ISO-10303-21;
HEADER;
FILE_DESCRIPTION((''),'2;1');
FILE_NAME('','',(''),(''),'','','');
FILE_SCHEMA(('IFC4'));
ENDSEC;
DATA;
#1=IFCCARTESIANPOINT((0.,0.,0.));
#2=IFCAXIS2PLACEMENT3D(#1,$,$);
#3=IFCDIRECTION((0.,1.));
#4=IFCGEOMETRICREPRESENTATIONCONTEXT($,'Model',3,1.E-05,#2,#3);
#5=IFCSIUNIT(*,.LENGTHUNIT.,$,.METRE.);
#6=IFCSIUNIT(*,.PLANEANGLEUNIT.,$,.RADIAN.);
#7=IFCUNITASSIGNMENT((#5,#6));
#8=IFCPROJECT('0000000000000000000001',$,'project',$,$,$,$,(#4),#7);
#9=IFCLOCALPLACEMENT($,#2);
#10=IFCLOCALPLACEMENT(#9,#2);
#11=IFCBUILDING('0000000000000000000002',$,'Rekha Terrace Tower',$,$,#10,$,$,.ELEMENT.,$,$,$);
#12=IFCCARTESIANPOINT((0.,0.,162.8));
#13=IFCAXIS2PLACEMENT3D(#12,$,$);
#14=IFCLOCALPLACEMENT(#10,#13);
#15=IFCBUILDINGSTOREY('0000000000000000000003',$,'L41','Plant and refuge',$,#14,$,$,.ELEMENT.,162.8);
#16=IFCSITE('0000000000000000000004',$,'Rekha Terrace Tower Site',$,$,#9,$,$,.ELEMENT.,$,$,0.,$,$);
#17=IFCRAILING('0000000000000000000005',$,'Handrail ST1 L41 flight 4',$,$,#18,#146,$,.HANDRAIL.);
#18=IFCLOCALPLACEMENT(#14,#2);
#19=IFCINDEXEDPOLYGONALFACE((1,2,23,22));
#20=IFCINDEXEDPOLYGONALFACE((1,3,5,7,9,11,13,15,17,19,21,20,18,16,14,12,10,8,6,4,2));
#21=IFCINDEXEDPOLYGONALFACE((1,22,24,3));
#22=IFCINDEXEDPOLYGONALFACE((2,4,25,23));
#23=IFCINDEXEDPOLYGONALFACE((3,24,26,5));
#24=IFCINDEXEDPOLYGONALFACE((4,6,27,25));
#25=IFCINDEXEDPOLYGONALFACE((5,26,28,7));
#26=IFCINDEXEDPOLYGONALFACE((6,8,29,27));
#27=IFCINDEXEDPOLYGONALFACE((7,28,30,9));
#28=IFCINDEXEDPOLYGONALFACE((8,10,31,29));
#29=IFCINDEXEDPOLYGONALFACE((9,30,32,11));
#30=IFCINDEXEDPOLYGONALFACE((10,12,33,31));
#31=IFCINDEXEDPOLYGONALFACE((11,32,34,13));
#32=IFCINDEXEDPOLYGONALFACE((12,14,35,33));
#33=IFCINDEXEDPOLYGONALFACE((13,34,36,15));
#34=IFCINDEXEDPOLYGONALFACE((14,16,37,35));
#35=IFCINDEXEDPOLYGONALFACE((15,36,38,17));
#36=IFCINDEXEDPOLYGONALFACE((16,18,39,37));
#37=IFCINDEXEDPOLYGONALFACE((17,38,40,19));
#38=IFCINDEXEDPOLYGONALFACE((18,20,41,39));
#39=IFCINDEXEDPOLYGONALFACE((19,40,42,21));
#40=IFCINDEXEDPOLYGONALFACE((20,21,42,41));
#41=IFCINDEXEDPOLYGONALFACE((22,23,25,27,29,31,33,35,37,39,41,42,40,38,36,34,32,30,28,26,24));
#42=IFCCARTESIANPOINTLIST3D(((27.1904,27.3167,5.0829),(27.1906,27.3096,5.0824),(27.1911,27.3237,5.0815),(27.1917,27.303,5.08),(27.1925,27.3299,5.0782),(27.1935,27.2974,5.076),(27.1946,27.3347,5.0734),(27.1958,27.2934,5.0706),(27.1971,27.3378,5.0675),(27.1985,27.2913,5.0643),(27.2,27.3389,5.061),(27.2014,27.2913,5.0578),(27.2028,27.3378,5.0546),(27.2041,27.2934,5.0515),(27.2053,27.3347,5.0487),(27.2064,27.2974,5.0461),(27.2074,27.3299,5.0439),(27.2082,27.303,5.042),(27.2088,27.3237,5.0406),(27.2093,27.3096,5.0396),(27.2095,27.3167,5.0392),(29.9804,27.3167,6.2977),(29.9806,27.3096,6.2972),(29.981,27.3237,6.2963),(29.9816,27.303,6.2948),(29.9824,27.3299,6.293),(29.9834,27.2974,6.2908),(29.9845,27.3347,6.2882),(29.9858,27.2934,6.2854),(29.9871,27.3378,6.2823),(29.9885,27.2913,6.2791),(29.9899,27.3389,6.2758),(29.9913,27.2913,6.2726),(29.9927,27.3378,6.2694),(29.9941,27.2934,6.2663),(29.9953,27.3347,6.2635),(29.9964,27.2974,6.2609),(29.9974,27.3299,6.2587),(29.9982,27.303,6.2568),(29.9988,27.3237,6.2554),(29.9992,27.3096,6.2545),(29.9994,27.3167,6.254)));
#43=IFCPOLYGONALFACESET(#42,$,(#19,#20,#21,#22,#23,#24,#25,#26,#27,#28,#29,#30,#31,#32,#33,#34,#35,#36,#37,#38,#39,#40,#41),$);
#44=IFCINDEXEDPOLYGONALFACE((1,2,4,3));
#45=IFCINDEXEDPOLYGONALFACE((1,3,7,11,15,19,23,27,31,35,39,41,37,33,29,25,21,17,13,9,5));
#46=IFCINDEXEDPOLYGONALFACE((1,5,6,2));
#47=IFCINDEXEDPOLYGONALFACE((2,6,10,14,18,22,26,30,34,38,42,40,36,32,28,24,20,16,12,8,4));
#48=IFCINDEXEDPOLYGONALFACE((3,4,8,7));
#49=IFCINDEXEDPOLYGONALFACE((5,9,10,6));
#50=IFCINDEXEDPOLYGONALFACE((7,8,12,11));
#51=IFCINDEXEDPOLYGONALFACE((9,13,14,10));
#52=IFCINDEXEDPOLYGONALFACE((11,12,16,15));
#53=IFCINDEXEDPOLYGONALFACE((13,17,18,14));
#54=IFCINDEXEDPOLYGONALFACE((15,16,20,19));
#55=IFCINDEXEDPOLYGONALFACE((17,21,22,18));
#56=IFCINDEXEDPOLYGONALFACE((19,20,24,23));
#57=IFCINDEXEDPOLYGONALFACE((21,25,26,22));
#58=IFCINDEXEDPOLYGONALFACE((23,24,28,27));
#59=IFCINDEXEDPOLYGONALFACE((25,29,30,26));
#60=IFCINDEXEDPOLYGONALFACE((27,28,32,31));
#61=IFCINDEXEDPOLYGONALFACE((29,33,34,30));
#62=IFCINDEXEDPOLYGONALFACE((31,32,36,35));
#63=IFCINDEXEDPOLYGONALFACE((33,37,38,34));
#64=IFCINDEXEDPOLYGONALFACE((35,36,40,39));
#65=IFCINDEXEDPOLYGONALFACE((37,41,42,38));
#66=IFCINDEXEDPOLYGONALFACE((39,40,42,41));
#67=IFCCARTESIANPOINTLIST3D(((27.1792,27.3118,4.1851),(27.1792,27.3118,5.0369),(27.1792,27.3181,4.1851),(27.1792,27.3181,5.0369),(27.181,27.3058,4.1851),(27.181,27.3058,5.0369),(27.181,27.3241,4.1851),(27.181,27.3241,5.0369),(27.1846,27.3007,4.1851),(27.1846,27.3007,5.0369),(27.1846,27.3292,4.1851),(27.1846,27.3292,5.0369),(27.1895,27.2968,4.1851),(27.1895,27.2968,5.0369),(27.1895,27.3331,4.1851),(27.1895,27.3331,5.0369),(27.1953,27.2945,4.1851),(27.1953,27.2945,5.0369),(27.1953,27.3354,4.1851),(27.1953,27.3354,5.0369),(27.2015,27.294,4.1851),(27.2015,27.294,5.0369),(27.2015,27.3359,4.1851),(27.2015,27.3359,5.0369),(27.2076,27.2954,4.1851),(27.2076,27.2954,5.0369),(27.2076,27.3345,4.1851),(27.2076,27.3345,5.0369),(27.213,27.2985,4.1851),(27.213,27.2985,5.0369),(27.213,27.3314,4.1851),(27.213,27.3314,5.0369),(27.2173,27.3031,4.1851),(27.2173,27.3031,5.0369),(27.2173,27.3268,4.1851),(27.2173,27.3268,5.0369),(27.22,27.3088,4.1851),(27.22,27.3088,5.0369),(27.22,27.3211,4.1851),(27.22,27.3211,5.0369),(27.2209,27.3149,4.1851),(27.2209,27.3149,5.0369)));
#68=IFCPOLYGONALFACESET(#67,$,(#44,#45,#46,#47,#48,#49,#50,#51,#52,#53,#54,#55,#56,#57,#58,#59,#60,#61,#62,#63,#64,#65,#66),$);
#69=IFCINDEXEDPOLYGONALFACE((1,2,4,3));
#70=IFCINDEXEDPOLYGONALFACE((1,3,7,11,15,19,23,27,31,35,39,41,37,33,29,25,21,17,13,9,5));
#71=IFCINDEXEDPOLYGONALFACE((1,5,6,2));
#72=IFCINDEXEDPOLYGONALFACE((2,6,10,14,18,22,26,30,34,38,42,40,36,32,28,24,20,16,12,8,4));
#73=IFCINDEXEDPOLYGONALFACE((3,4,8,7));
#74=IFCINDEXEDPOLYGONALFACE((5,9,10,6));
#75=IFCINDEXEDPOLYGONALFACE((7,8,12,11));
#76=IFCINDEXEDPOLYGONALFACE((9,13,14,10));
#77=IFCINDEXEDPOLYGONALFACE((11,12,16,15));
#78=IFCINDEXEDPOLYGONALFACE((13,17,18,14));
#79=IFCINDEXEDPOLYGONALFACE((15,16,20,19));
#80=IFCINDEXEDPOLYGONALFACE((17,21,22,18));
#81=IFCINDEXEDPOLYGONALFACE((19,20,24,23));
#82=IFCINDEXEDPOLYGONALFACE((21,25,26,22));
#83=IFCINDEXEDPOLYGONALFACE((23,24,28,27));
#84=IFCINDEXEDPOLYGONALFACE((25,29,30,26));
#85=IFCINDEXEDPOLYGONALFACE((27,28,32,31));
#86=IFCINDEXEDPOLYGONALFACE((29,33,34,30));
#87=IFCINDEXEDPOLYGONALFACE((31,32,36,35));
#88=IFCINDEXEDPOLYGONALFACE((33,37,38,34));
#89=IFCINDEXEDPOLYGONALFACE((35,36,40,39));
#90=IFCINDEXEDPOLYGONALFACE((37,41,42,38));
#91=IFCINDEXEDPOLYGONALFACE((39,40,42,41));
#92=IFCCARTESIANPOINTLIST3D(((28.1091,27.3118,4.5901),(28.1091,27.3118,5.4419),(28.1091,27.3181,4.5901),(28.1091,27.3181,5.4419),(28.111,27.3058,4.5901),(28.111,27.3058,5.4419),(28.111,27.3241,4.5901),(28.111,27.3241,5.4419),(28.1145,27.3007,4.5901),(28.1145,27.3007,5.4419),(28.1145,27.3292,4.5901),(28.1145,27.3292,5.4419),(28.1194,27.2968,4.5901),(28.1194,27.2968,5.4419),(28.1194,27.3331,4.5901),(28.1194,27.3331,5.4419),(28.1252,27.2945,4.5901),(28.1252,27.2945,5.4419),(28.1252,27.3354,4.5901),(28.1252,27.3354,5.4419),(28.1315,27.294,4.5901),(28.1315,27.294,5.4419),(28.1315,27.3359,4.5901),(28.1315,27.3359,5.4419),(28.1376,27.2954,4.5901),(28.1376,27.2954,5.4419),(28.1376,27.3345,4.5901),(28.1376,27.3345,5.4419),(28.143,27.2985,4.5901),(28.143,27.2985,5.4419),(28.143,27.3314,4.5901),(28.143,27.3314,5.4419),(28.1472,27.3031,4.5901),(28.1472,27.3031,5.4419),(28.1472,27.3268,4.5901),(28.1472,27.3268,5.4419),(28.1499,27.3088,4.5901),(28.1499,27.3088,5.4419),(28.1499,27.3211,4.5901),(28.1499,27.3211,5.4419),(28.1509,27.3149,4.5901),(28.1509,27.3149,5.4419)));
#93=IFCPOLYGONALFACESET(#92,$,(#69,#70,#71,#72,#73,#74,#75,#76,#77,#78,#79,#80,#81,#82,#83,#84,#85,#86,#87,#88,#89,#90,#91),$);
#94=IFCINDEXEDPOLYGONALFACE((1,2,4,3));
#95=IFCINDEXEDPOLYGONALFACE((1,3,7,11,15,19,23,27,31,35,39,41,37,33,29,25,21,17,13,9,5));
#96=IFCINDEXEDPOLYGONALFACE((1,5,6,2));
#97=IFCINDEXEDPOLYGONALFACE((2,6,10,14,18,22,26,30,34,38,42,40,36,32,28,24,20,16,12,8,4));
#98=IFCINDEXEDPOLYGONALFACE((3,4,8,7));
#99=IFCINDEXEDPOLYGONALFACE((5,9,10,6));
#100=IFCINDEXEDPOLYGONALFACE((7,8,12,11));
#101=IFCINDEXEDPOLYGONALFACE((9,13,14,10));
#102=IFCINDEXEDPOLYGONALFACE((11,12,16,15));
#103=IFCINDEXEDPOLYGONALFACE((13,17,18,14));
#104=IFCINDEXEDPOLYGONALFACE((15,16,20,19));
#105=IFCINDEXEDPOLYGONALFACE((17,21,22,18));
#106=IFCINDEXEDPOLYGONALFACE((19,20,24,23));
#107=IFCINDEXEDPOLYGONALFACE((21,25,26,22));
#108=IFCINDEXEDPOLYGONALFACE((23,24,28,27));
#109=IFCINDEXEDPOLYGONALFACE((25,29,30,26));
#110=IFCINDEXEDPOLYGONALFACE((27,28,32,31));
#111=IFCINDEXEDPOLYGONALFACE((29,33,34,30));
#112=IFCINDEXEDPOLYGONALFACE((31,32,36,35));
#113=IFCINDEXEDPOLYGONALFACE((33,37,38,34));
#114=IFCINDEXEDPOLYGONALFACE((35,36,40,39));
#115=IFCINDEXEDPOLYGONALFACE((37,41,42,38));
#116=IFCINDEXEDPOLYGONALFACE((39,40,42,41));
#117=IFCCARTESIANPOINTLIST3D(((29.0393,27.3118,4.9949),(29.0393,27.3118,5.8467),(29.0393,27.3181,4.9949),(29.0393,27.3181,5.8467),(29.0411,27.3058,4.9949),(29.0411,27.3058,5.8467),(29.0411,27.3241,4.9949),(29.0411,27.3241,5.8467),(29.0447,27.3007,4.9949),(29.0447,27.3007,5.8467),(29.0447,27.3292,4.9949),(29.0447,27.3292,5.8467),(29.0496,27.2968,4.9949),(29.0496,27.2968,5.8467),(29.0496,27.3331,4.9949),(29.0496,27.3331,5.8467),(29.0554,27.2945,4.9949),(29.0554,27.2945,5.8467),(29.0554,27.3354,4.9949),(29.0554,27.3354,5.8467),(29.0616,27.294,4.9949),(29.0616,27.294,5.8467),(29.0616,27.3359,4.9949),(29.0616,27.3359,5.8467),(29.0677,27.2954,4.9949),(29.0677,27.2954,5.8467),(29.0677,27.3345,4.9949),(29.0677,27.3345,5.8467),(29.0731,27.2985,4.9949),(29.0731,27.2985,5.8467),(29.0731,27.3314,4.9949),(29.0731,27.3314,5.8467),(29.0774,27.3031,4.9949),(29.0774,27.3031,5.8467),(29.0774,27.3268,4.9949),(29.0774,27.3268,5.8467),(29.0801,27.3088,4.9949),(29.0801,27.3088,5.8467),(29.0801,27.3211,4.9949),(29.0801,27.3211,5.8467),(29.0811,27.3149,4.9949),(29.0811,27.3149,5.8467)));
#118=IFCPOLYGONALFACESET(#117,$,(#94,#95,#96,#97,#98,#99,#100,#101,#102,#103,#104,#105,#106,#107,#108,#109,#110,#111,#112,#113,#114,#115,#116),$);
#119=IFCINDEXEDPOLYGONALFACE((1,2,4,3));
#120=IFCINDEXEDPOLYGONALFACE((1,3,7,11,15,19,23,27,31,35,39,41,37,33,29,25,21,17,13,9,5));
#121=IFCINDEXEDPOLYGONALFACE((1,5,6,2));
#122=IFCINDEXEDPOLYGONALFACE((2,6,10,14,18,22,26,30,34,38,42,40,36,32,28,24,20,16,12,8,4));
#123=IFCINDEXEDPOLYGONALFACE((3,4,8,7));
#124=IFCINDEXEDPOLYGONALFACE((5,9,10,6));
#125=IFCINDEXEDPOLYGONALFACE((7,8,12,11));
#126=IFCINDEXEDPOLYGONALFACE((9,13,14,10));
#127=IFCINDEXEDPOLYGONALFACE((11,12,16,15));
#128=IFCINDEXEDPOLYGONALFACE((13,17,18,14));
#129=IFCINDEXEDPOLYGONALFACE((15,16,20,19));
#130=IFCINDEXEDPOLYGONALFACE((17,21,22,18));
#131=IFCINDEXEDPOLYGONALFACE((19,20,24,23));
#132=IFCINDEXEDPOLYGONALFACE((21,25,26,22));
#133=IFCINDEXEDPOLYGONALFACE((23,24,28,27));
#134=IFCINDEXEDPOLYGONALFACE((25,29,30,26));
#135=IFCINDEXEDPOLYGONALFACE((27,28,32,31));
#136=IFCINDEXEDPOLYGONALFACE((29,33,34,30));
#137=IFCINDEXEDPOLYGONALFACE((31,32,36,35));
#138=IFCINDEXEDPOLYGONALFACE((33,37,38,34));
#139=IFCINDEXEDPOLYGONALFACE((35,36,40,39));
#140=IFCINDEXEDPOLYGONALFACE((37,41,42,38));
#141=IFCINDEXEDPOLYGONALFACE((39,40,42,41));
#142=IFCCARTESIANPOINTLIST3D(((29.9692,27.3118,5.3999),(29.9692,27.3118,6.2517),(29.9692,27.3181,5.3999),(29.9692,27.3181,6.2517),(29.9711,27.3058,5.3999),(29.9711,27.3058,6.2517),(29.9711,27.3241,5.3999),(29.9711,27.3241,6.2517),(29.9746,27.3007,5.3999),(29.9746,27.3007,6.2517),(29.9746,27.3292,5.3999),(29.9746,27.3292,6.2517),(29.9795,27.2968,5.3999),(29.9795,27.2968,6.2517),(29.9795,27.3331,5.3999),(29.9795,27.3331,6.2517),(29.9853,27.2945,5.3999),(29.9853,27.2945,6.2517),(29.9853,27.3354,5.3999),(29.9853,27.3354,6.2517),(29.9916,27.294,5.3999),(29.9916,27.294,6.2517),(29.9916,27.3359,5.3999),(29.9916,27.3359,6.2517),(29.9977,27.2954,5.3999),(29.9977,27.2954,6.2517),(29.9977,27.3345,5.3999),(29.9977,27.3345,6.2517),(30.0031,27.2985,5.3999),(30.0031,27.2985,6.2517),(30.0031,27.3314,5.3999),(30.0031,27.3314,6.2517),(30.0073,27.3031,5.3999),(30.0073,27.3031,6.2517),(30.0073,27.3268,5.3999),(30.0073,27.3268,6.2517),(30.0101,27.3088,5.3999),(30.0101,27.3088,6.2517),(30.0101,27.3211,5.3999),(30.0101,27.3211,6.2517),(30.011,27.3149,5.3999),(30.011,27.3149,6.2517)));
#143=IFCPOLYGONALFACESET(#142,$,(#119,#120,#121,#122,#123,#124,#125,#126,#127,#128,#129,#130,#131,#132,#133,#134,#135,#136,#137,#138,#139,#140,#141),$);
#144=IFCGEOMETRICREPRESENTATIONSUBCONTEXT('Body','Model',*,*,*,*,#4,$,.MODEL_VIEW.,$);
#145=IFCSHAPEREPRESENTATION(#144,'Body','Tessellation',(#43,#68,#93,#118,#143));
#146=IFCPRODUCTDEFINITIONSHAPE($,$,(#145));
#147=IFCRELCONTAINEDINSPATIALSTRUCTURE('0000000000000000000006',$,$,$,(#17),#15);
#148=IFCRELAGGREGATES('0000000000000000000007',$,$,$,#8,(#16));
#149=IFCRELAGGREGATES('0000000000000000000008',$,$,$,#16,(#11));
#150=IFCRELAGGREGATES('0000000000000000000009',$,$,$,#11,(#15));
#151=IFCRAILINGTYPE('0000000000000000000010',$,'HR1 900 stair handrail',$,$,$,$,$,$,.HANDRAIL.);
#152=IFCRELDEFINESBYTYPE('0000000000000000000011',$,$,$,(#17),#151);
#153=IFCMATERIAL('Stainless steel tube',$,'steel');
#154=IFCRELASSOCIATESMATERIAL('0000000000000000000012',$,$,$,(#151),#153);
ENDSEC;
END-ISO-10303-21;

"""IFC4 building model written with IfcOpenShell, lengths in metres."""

from ifc_helpers import new_model, si_unit, direction, frame, origin, origin_2d, place, context, subcontext, project, spatial, circle, extrude, material, type_object, element, save


model = new_model("IFC4")

# Units and contexts
model_context = context("Model", 3, precision=1e-05, world=origin(), true_north=direction((0.0, 1.0)))
body_context = subcontext(model_context, "Body", "Model", "MODEL_VIEW")
ifc_project = project(units=[si_unit("LENGTHUNIT", "METRE"), si_unit("PLANEANGLEUNIT", "RADIAN")], contexts=[model_context])

# Site, building, storey
site_placement = place(None, origin())
site = spatial("IfcSite", under=ifc_project, at=site_placement, Name="Rekha Terrace Tower Site", CompositionType="ELEMENT", RefElevation=0.0)
building_placement = place(site_placement, origin())
building = spatial("IfcBuilding", under=site, at=building_placement, Name="Rekha Terrace Tower", CompositionType="ELEMENT")
storey_placement = place(building_placement, frame((0.0, 0.0, 162.8)))
storey = spatial("IfcBuildingStorey", under=building, at=storey_placement, Name="L41", Description="Plant and refuge", CompositionType="ELEMENT", Elevation=162.8)

# Railing
ifc_material_1 = material(Name="Stainless steel tube", Category="steel")
railing_type_1 = type_object("IfcRailingType", Name="HR1 900 stair handrail", PredefinedType="HANDRAIL", material=ifc_material_1)
railing_1_placement = place(storey_placement, frame((27.2, 27.3149, 4.1851)))
element("IfcRailing", 1, at=railing_1_placement, inside=storey, type_object=railing_type_1, Name="Handrail ST1 L41 flight 4", PredefinedType="HANDRAIL", context=body_context, shape_type="SweptSolid", body=[
    extrude(circle(Radius=0.0239, at=origin_2d()), frame((0.0, 0.0, 0.876), z_axis=(0.916856, 0.0, 0.399219), x_axis=(0.0, 1.0, 0.0)), (0.0, 0.0, 1.0), 3.043),
    extrude(circle(Radius=0.021, at=origin_2d()), origin(), (0.0, 0.0, 1.0), 0.8518),
    extrude(circle(Radius=0.021, at=origin_2d()), frame((0.9299, 0.0, 0.405)), (0.0, 0.0, 1.0), 0.8518),
    extrude(circle(Radius=0.021, at=origin_2d()), frame((1.8601, 0.0, 0.8098)), (0.0, 0.0, 1.0), 0.8518),
    extrude(circle(Radius=0.021, at=origin_2d()), frame((2.79, 0.0, 1.2148)), (0.0, 0.0, 1.0), 0.8518),
])

save(model, "model.ifc")
